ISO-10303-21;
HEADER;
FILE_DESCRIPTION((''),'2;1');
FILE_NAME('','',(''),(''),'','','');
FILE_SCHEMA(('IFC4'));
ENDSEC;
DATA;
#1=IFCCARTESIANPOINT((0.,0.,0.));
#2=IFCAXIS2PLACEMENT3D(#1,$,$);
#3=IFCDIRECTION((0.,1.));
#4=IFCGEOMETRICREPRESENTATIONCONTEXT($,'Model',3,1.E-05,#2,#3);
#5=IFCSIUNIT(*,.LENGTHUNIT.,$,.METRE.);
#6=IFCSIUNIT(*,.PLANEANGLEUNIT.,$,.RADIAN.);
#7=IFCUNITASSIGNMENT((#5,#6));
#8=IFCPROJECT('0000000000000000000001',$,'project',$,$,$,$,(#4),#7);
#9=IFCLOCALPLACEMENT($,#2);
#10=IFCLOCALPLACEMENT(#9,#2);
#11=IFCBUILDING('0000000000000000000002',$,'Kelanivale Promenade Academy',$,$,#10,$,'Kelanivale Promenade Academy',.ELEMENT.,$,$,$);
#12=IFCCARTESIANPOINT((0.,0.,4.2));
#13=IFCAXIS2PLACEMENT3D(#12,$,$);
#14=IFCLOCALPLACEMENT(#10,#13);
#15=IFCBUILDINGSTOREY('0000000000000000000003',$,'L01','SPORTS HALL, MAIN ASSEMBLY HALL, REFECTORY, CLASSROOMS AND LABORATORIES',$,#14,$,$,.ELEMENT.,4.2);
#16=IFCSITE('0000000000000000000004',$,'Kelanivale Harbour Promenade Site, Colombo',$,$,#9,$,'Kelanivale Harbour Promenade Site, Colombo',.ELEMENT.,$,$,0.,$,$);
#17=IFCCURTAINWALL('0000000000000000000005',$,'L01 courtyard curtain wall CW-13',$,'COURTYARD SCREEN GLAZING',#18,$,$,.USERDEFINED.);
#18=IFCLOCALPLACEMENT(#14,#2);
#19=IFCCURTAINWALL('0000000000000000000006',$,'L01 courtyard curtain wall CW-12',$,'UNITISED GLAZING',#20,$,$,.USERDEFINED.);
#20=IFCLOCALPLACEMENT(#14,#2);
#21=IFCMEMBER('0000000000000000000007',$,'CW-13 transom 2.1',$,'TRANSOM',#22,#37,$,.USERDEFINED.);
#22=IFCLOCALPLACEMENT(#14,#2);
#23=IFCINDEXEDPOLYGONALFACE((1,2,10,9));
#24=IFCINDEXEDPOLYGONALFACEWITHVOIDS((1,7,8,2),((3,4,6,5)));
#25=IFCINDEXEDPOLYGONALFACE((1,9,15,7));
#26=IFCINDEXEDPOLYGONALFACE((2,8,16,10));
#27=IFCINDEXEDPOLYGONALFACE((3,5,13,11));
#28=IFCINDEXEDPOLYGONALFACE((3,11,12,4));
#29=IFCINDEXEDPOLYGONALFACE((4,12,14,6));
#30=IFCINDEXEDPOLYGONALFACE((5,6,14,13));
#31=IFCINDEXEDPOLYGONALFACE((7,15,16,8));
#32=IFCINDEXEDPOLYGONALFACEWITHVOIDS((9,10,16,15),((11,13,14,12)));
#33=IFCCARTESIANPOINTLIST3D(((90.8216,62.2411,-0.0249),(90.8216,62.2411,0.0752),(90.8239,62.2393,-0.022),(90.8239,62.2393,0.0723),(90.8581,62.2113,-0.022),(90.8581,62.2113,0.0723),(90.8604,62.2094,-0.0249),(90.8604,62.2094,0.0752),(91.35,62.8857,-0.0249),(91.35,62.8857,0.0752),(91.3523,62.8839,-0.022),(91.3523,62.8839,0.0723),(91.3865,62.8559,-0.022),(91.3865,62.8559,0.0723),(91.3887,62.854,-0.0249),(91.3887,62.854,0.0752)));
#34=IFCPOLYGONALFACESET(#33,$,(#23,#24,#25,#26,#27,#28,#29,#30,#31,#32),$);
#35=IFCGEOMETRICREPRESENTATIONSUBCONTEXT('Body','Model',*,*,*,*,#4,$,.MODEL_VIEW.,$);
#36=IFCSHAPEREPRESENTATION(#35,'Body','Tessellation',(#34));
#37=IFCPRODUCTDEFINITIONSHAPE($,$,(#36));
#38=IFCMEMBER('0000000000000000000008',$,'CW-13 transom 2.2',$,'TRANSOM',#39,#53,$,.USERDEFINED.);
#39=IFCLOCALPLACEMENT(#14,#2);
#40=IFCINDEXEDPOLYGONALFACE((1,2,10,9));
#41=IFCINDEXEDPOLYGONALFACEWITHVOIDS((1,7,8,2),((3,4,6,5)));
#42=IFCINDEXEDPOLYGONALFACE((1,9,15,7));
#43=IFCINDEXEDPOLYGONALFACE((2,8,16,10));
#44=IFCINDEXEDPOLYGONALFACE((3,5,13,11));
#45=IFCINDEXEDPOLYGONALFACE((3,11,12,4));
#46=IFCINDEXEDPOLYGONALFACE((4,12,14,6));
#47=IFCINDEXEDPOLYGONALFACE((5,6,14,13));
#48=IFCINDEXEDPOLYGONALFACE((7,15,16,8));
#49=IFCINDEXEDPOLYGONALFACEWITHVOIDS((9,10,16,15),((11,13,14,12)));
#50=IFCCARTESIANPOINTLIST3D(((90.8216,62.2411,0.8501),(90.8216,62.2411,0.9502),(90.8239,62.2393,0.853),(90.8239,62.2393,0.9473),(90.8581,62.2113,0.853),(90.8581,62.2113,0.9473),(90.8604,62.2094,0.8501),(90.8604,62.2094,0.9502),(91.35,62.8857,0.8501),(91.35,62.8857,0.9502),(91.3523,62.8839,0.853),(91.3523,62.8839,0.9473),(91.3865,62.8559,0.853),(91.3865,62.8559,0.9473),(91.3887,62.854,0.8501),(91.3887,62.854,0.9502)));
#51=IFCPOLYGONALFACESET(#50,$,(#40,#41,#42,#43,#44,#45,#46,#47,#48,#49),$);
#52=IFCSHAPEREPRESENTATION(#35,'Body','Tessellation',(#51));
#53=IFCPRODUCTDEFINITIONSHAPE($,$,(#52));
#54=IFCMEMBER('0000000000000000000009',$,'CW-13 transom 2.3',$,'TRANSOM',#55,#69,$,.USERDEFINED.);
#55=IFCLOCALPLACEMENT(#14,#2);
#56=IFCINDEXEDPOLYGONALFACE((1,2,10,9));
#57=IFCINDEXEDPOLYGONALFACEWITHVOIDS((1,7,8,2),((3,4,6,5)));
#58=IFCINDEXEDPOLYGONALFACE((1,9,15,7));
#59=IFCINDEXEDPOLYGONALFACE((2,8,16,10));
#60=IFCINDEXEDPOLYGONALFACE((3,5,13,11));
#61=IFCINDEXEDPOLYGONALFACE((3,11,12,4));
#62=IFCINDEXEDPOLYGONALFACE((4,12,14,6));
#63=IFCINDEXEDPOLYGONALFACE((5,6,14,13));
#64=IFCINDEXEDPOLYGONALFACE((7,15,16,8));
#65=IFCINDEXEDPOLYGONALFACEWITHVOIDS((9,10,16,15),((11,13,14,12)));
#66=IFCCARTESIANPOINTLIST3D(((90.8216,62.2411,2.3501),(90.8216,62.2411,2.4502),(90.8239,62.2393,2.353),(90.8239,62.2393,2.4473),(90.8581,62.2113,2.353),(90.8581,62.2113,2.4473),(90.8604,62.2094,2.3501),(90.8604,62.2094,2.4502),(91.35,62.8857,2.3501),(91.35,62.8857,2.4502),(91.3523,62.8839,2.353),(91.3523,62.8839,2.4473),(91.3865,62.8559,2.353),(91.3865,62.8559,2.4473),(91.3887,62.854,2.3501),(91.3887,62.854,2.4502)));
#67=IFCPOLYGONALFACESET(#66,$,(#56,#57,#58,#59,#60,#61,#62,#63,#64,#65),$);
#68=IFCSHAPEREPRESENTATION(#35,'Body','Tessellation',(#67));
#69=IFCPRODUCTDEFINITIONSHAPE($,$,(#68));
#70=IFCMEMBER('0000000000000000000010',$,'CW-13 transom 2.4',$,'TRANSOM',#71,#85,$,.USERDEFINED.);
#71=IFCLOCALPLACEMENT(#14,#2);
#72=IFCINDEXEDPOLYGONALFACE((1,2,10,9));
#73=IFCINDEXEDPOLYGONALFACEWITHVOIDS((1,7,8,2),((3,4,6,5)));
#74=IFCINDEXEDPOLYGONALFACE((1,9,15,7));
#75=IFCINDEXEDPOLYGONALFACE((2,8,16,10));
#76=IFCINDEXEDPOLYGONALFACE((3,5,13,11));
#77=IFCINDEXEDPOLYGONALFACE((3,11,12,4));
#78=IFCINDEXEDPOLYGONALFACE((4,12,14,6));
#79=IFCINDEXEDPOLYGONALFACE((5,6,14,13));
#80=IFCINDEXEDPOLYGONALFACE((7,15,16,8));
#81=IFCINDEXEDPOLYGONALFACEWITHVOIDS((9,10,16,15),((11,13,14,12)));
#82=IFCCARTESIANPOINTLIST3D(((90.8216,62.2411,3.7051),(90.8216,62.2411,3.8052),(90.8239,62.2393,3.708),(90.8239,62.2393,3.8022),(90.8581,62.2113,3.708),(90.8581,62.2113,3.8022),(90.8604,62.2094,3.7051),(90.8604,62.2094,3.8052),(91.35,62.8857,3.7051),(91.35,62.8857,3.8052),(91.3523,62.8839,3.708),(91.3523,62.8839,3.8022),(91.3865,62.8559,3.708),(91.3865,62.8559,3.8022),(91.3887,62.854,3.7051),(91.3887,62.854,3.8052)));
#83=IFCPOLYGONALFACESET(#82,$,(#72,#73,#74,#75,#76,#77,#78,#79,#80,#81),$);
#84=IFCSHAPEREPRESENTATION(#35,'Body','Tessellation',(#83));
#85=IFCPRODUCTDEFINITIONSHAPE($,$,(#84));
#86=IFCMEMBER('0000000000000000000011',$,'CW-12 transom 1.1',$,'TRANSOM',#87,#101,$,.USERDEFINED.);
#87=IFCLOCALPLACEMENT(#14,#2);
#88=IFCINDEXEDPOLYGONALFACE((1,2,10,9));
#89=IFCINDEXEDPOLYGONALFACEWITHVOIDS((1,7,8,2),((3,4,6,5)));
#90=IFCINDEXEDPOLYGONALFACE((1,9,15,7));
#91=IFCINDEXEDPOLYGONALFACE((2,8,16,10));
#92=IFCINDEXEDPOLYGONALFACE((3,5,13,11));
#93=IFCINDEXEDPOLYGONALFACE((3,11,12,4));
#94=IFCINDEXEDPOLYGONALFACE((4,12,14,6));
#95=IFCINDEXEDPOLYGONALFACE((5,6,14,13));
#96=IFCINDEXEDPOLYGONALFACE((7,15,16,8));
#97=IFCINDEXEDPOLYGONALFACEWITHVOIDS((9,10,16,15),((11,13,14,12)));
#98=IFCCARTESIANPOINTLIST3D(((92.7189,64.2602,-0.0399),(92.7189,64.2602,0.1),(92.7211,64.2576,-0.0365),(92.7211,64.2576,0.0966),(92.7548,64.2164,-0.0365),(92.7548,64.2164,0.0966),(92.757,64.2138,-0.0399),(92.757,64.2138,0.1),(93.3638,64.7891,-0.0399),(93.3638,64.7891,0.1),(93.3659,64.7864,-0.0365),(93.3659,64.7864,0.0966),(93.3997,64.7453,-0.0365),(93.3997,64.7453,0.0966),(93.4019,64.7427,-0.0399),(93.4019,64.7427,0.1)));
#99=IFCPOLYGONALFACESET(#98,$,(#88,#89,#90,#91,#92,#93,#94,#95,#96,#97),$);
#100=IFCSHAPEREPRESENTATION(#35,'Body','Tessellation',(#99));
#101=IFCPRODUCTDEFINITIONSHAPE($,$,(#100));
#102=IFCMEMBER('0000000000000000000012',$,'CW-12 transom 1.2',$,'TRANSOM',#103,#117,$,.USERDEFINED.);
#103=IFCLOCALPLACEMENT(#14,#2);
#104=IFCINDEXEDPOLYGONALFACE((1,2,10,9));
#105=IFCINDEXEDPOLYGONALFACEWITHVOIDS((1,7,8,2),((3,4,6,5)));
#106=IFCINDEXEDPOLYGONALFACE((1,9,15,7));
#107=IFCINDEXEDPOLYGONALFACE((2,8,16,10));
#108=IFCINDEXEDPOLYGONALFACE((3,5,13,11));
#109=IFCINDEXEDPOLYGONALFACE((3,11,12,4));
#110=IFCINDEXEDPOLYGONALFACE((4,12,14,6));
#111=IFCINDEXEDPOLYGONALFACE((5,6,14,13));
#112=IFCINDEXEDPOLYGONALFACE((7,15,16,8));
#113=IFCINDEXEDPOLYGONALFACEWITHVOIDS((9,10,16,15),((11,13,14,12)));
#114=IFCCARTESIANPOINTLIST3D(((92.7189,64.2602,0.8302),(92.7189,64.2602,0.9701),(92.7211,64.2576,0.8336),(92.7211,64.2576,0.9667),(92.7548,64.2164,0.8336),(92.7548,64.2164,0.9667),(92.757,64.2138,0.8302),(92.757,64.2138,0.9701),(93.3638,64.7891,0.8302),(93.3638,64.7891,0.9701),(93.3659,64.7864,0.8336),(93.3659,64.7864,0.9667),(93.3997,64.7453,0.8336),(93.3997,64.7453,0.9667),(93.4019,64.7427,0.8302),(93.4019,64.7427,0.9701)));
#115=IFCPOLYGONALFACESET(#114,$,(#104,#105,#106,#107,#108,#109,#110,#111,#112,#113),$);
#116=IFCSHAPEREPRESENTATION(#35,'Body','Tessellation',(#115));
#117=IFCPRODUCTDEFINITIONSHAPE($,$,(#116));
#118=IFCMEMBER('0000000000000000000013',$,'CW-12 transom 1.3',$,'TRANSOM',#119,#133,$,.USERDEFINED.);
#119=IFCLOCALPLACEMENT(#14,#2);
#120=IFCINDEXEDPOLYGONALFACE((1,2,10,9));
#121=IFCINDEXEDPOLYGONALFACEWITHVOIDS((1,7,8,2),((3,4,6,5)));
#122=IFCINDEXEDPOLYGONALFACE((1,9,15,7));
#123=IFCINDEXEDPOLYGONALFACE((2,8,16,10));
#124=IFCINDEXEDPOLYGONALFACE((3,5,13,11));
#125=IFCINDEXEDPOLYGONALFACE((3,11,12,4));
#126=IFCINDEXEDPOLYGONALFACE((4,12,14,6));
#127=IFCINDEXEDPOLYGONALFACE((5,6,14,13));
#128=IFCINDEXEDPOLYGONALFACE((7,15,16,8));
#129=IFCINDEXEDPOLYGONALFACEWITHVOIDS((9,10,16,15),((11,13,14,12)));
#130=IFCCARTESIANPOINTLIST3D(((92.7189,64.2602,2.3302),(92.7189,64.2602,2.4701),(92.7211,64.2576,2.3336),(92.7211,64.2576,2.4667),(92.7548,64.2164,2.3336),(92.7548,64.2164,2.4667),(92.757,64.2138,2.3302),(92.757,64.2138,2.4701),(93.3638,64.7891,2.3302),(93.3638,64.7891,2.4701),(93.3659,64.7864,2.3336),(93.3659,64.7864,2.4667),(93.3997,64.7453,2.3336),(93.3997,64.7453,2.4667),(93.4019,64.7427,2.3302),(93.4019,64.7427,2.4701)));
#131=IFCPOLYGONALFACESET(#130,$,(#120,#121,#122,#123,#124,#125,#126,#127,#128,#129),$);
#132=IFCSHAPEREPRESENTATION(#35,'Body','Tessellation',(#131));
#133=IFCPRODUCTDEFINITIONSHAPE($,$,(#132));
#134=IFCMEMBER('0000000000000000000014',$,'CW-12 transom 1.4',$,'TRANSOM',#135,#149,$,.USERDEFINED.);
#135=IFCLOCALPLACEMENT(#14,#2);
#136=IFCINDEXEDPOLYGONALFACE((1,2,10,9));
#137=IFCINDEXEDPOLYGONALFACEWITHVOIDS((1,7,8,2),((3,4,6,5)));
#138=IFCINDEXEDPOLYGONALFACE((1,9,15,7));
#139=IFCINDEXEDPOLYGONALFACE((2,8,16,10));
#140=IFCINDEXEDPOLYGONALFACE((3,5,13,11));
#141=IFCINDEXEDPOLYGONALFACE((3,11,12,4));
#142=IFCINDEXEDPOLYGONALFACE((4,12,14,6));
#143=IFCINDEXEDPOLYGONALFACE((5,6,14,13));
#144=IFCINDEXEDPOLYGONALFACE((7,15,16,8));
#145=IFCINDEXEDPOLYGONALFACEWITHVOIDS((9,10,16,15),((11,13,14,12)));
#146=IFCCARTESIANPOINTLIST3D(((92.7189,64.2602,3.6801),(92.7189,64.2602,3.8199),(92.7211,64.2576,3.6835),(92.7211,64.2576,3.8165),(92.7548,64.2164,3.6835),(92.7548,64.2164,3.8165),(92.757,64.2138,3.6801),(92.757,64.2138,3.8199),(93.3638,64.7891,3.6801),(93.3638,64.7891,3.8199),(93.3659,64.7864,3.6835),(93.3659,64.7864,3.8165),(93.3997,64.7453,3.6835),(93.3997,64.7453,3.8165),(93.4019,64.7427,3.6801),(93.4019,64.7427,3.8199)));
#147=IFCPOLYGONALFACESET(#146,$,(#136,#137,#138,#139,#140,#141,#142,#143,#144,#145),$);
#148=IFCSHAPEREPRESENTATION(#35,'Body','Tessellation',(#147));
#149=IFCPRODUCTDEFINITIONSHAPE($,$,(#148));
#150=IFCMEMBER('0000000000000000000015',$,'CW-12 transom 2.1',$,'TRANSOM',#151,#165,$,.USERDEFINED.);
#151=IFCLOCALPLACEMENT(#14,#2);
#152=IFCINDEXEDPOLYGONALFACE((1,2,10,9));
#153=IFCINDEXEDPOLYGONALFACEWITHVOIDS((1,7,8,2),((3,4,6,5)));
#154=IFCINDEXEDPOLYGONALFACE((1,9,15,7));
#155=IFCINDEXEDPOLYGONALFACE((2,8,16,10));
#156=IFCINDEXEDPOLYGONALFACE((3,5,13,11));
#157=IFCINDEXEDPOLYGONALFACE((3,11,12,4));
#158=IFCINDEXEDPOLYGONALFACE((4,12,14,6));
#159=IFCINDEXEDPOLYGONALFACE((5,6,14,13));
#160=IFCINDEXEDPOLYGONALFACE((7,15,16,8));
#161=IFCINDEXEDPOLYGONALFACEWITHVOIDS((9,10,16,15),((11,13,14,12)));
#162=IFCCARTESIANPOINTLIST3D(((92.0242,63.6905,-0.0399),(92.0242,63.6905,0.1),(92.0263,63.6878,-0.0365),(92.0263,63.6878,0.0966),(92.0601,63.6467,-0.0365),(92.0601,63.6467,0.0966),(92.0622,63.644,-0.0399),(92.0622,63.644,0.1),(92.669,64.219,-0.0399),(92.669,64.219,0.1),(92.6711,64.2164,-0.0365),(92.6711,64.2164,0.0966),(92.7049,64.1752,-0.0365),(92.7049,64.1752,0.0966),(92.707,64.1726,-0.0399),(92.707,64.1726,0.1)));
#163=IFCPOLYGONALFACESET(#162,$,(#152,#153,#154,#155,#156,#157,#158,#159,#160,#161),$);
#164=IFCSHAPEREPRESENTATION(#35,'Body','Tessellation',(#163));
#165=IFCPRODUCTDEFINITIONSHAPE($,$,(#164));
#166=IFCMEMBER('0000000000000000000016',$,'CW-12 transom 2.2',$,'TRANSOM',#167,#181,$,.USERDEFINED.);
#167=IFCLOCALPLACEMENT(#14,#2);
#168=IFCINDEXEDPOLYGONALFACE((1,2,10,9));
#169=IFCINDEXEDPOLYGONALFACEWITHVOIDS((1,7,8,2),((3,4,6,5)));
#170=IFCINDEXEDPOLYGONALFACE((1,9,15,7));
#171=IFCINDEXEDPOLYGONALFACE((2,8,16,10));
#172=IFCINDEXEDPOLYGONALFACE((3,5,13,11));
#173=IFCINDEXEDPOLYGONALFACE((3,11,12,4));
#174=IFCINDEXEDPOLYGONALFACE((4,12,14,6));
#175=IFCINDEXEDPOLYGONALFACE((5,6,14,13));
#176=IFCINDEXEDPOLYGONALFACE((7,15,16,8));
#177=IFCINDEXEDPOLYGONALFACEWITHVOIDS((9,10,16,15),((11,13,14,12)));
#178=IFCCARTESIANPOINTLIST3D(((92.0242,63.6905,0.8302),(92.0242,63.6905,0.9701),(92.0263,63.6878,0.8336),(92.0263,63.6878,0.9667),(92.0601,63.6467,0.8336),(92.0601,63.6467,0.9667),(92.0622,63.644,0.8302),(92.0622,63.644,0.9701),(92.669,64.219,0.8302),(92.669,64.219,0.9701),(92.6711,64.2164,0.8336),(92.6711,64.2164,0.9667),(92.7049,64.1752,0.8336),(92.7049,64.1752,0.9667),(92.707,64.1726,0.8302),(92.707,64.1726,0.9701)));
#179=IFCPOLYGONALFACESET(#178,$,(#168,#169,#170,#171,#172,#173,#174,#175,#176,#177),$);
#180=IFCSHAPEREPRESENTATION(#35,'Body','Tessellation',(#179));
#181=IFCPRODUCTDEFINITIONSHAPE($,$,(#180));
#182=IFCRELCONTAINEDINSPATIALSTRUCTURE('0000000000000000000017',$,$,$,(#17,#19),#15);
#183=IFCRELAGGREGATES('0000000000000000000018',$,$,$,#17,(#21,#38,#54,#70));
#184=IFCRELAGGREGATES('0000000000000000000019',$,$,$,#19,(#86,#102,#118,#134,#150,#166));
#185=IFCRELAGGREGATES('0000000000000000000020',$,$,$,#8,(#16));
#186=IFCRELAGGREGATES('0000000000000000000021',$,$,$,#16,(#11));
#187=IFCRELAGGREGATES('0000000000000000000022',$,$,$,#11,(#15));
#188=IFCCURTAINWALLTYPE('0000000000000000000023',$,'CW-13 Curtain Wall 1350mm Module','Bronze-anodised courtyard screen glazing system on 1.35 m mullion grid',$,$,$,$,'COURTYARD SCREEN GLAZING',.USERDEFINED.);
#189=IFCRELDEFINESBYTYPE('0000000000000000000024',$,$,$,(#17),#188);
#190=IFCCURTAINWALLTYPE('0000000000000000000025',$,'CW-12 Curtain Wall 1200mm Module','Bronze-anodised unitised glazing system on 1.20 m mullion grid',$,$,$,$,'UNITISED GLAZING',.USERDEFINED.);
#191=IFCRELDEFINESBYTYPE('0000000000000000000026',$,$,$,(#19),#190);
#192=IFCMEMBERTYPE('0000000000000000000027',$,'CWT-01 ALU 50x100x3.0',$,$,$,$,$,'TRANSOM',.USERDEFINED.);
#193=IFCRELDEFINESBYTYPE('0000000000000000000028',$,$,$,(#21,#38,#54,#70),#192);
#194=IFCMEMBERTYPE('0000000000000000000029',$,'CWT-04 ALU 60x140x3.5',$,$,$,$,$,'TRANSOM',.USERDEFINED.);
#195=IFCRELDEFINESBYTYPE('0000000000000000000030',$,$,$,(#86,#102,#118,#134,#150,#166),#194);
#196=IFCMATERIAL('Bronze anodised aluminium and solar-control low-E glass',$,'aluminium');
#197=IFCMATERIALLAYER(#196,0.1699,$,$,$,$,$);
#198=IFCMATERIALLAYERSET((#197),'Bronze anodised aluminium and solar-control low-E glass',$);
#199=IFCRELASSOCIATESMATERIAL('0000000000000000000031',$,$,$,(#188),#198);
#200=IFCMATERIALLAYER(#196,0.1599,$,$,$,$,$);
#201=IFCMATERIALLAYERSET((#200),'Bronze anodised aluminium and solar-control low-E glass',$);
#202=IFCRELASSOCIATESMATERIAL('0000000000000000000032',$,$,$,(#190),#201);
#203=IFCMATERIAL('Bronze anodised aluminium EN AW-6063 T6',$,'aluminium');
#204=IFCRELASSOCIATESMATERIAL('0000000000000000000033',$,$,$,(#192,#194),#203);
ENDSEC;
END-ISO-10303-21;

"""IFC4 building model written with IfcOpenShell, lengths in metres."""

from ifc_helpers import new_model, si_unit, direction, frame, origin, origin_2d, place, context, subcontext, project, spatial, hollow_rectangle, extrude, material, layer, layer_set, material_profile, profile_set, type_object, element, aggregate, save


model = new_model("IFC4")

# Units and contexts
model_context = context("Model", 3, precision=1e-05, world=origin(), true_north=direction((0.0, 1.0)))
body_context = subcontext(model_context, "Body", "Model", "MODEL_VIEW")
ifc_project = project(units=[si_unit("LENGTHUNIT", "METRE"), si_unit("PLANEANGLEUNIT", "RADIAN")], contexts=[model_context])

# Site, building, storey
site_placement = place(None, origin())
site = spatial("IfcSite", under=ifc_project, at=site_placement, Name="Kelanivale Harbour Promenade Site, Colombo", LongName="Kelanivale Harbour Promenade Site, Colombo", CompositionType="ELEMENT", RefElevation=0.0)
building_placement = place(site_placement, origin())
building = spatial("IfcBuilding", under=site, at=building_placement, Name="Kelanivale Promenade Academy", LongName="Kelanivale Promenade Academy", CompositionType="ELEMENT")
storey_placement = place(building_placement, frame((0.0, 0.0, 4.2)))
storey = spatial("IfcBuildingStorey", under=building, at=storey_placement, Name="L01", Description="SPORTS HALL, MAIN ASSEMBLY HALL, REFECTORY, CLASSROOMS AND LABORATORIES", CompositionType="ELEMENT", Elevation=4.2)

# Curtain wall
ifc_material_1 = material(Name="Bronze anodised aluminium and solar-control low-E glass", Category="aluminium")
ifc_layer_1 = layer(ifc_material_1, 0.1699)
ifc_layer_set_1 = layer_set([ifc_layer_1], Name="Bronze anodised aluminium and solar-control low-E glass")
curtain_wall_type_1 = type_object("IfcCurtainWallType", Name="CW-13 Curtain Wall 1350mm Module", Description="Bronze-anodised courtyard screen glazing system on 1.35 m mullion grid", ElementType="COURTYARD SCREEN GLAZING", PredefinedType="USERDEFINED", material=ifc_layer_set_1)
curtain_wall_1_placement = place(storey_placement, origin())
curtain_wall_1 = element("IfcCurtainWall", 1, at=curtain_wall_1_placement, inside=storey, type_object=curtain_wall_type_1, Name="L01 courtyard curtain wall CW-13", ObjectType="COURTYARD SCREEN GLAZING", PredefinedType="USERDEFINED")
ifc_material_2 = material(Name="Bronze anodised aluminium EN AW-6063 T6", Category="aluminium")

# Curtain wall
ifc_layer_2 = layer(ifc_material_1, 0.1599)
ifc_layer_set_2 = layer_set([ifc_layer_2], Name="Bronze anodised aluminium and solar-control low-E glass")
curtain_wall_type_2 = type_object("IfcCurtainWallType", Name="CW-12 Curtain Wall 1200mm Module", Description="Bronze-anodised unitised glazing system on 1.20 m mullion grid", ElementType="UNITISED GLAZING", PredefinedType="USERDEFINED", material=ifc_layer_set_2)
curtain_wall_2_placement = place(storey_placement, origin())
curtain_wall_2 = element("IfcCurtainWall", 2, at=curtain_wall_2_placement, inside=storey, type_object=curtain_wall_type_2, Name="L01 courtyard curtain wall CW-12", ObjectType="UNITISED GLAZING", PredefinedType="USERDEFINED")

# Members
ifc_material_profile_1 = material_profile(ifc_material_2, hollow_rectangle(XDim=0.05, YDim=0.1001, WallThickness=0.0029, at=origin_2d()), Name="ALU 50x100x3.0")
ifc_profile_set_1 = profile_set([ifc_material_profile_1], Name="Bronze anodised aluminium EN AW-6063 T6")
member_type_1 = type_object("IfcMemberType", Name="CWT-01 ALU 50x100x3.0", ElementType="TRANSOM", PredefinedType="USERDEFINED", material=ifc_profile_set_1)
member_1_placement = place(storey_placement, frame((91.3694, 62.8699, 0.0251), z_axis=(-0.633939, -0.773383, 0.0), x_axis=(0.773383, -0.633939, 0.0)))
member_1 = element("IfcMember", 3, at=member_1_placement, type_object=member_type_1, Name="CW-13 transom 2.1", ObjectType="TRANSOM", PredefinedType="USERDEFINED", context=body_context, shape_type="SweptSolid", body=[
    extrude(hollow_rectangle(XDim=0.05, YDim=0.1001, WallThickness=0.0029, at=origin_2d()), origin(), (0.0, 0.0, 1.0), 0.8335),
])
member_2_placement = place(storey_placement, frame((91.3694, 62.8699, 0.9001), z_axis=(-0.633939, -0.773383, 0.0), x_axis=(0.773383, -0.633939, 0.0)))
member_2 = element("IfcMember", 4, at=member_2_placement, type_object=member_type_1, Name="CW-13 transom 2.2", ObjectType="TRANSOM", PredefinedType="USERDEFINED", context=body_context, shape_type="SweptSolid", body=[
    extrude(hollow_rectangle(XDim=0.05, YDim=0.1001, WallThickness=0.0029, at=origin_2d()), origin(), (0.0, 0.0, 1.0), 0.8335),
])
member_3_placement = place(storey_placement, frame((91.3694, 62.8699, 2.4001), z_axis=(-0.633939, -0.773383, 0.0), x_axis=(0.773383, -0.633939, 0.0)))
member_3 = element("IfcMember", 5, at=member_3_placement, type_object=member_type_1, Name="CW-13 transom 2.3", ObjectType="TRANSOM", PredefinedType="USERDEFINED", context=body_context, shape_type="SweptSolid", body=[
    extrude(hollow_rectangle(XDim=0.05, YDim=0.1001, WallThickness=0.0029, at=origin_2d()), origin(), (0.0, 0.0, 1.0), 0.8335),
])
member_4_placement = place(storey_placement, frame((91.3694, 62.8699, 3.7551), z_axis=(-0.633939, -0.773383, 0.0), x_axis=(0.773383, -0.633939, 0.0)))
member_4 = element("IfcMember", 6, at=member_4_placement, type_object=member_type_1, Name="CW-13 transom 2.4", ObjectType="TRANSOM", PredefinedType="USERDEFINED", context=body_context, shape_type="SweptSolid", body=[
    extrude(hollow_rectangle(XDim=0.05, YDim=0.1001, WallThickness=0.0029, at=origin_2d()), origin(), (0.0, 0.0, 1.0), 0.8335),
])
ifc_material_profile_2 = material_profile(ifc_material_2, hollow_rectangle(XDim=0.0601, YDim=0.1399, WallThickness=0.0034, at=origin_2d()), Name="ALU 60x140x3.5")
ifc_profile_set_2 = profile_set([ifc_material_profile_2], Name="Bronze anodised aluminium EN AW-6063 T6")
member_type_2 = type_object("IfcMemberType", Name="CWT-04 ALU 60x140x3.5", ElementType="TRANSOM", PredefinedType="USERDEFINED", material=ifc_profile_set_2)
member_5_placement = place(storey_placement, frame((93.3828, 64.7659, 0.03), z_axis=(-0.773213, -0.634146, 0.0), x_axis=(0.634146, -0.773213, 0.0)))
member_5 = element("IfcMember", 7, at=member_5_placement, type_object=member_type_2, Name="CW-12 transom 1.1", ObjectType="TRANSOM", PredefinedType="USERDEFINED", context=body_context, shape_type="SweptSolid", body=[
    extrude(hollow_rectangle(XDim=0.0601, YDim=0.1399, WallThickness=0.0034, at=origin_2d()), origin(), (0.0, 0.0, 1.0), 0.834),
])
member_6_placement = place(storey_placement, frame((93.3828, 64.7659, 0.9001), z_axis=(-0.773213, -0.634146, 0.0), x_axis=(0.634146, -0.773213, 0.0)))
member_6 = element("IfcMember", 8, at=member_6_placement, type_object=member_type_2, Name="CW-12 transom 1.2", ObjectType="TRANSOM", PredefinedType="USERDEFINED", context=body_context, shape_type="SweptSolid", body=[
    extrude(hollow_rectangle(XDim=0.0601, YDim=0.1399, WallThickness=0.0034, at=origin_2d()), origin(), (0.0, 0.0, 1.0), 0.834),
])
member_7_placement = place(storey_placement, frame((93.3828, 64.7659, 2.4001), z_axis=(-0.773213, -0.634146, 0.0), x_axis=(0.634146, -0.773213, 0.0)))
member_7 = element("IfcMember", 9, at=member_7_placement, type_object=member_type_2, Name="CW-12 transom 1.3", ObjectType="TRANSOM", PredefinedType="USERDEFINED", context=body_context, shape_type="SweptSolid", body=[
    extrude(hollow_rectangle(XDim=0.0601, YDim=0.1399, WallThickness=0.0034, at=origin_2d()), origin(), (0.0, 0.0, 1.0), 0.834),
])
member_8_placement = place(storey_placement, frame((93.3828, 64.7659, 3.75), z_axis=(-0.773213, -0.634146, 0.0), x_axis=(0.634146, -0.773213, 0.0)))
member_8 = element("IfcMember", 10, at=member_8_placement, type_object=member_type_2, Name="CW-12 transom 1.4", ObjectType="TRANSOM", PredefinedType="USERDEFINED", context=body_context, shape_type="SweptSolid", body=[
    extrude(hollow_rectangle(XDim=0.0601, YDim=0.1399, WallThickness=0.0034, at=origin_2d()), origin(), (0.0, 0.0, 1.0), 0.834),
])
member_9_placement = place(storey_placement, frame((92.688, 64.1958, 0.03), z_axis=(-0.773357, -0.633971, 0.0), x_axis=(0.633971, -0.773357, 0.0)))
member_9 = element("IfcMember", 11, at=member_9_placement, type_object=member_type_2, Name="CW-12 transom 2.1", ObjectType="TRANSOM", PredefinedType="USERDEFINED", context=body_context, shape_type="SweptSolid", body=[
    extrude(hollow_rectangle(XDim=0.0601, YDim=0.1399, WallThickness=0.0034, at=origin_2d()), origin(), (0.0, 0.0, 1.0), 0.8337),
])
member_10_placement = place(storey_placement, frame((92.688, 64.1958, 0.9001), z_axis=(-0.773357, -0.633971, 0.0), x_axis=(0.633971, -0.773357, 0.0)))
member_10 = element("IfcMember", 12, at=member_10_placement, type_object=member_type_2, Name="CW-12 transom 2.2", ObjectType="TRANSOM", PredefinedType="USERDEFINED", context=body_context, shape_type="SweptSolid", body=[
    extrude(hollow_rectangle(XDim=0.0601, YDim=0.1399, WallThickness=0.0034, at=origin_2d()), origin(), (0.0, 0.0, 1.0), 0.8337),
])

aggregate(curtain_wall_1, [member_1, member_2, member_3, member_4])
aggregate(curtain_wall_2, [member_5, member_6, member_7, member_8, member_9, member_10])

save(model, "model.ifc")
